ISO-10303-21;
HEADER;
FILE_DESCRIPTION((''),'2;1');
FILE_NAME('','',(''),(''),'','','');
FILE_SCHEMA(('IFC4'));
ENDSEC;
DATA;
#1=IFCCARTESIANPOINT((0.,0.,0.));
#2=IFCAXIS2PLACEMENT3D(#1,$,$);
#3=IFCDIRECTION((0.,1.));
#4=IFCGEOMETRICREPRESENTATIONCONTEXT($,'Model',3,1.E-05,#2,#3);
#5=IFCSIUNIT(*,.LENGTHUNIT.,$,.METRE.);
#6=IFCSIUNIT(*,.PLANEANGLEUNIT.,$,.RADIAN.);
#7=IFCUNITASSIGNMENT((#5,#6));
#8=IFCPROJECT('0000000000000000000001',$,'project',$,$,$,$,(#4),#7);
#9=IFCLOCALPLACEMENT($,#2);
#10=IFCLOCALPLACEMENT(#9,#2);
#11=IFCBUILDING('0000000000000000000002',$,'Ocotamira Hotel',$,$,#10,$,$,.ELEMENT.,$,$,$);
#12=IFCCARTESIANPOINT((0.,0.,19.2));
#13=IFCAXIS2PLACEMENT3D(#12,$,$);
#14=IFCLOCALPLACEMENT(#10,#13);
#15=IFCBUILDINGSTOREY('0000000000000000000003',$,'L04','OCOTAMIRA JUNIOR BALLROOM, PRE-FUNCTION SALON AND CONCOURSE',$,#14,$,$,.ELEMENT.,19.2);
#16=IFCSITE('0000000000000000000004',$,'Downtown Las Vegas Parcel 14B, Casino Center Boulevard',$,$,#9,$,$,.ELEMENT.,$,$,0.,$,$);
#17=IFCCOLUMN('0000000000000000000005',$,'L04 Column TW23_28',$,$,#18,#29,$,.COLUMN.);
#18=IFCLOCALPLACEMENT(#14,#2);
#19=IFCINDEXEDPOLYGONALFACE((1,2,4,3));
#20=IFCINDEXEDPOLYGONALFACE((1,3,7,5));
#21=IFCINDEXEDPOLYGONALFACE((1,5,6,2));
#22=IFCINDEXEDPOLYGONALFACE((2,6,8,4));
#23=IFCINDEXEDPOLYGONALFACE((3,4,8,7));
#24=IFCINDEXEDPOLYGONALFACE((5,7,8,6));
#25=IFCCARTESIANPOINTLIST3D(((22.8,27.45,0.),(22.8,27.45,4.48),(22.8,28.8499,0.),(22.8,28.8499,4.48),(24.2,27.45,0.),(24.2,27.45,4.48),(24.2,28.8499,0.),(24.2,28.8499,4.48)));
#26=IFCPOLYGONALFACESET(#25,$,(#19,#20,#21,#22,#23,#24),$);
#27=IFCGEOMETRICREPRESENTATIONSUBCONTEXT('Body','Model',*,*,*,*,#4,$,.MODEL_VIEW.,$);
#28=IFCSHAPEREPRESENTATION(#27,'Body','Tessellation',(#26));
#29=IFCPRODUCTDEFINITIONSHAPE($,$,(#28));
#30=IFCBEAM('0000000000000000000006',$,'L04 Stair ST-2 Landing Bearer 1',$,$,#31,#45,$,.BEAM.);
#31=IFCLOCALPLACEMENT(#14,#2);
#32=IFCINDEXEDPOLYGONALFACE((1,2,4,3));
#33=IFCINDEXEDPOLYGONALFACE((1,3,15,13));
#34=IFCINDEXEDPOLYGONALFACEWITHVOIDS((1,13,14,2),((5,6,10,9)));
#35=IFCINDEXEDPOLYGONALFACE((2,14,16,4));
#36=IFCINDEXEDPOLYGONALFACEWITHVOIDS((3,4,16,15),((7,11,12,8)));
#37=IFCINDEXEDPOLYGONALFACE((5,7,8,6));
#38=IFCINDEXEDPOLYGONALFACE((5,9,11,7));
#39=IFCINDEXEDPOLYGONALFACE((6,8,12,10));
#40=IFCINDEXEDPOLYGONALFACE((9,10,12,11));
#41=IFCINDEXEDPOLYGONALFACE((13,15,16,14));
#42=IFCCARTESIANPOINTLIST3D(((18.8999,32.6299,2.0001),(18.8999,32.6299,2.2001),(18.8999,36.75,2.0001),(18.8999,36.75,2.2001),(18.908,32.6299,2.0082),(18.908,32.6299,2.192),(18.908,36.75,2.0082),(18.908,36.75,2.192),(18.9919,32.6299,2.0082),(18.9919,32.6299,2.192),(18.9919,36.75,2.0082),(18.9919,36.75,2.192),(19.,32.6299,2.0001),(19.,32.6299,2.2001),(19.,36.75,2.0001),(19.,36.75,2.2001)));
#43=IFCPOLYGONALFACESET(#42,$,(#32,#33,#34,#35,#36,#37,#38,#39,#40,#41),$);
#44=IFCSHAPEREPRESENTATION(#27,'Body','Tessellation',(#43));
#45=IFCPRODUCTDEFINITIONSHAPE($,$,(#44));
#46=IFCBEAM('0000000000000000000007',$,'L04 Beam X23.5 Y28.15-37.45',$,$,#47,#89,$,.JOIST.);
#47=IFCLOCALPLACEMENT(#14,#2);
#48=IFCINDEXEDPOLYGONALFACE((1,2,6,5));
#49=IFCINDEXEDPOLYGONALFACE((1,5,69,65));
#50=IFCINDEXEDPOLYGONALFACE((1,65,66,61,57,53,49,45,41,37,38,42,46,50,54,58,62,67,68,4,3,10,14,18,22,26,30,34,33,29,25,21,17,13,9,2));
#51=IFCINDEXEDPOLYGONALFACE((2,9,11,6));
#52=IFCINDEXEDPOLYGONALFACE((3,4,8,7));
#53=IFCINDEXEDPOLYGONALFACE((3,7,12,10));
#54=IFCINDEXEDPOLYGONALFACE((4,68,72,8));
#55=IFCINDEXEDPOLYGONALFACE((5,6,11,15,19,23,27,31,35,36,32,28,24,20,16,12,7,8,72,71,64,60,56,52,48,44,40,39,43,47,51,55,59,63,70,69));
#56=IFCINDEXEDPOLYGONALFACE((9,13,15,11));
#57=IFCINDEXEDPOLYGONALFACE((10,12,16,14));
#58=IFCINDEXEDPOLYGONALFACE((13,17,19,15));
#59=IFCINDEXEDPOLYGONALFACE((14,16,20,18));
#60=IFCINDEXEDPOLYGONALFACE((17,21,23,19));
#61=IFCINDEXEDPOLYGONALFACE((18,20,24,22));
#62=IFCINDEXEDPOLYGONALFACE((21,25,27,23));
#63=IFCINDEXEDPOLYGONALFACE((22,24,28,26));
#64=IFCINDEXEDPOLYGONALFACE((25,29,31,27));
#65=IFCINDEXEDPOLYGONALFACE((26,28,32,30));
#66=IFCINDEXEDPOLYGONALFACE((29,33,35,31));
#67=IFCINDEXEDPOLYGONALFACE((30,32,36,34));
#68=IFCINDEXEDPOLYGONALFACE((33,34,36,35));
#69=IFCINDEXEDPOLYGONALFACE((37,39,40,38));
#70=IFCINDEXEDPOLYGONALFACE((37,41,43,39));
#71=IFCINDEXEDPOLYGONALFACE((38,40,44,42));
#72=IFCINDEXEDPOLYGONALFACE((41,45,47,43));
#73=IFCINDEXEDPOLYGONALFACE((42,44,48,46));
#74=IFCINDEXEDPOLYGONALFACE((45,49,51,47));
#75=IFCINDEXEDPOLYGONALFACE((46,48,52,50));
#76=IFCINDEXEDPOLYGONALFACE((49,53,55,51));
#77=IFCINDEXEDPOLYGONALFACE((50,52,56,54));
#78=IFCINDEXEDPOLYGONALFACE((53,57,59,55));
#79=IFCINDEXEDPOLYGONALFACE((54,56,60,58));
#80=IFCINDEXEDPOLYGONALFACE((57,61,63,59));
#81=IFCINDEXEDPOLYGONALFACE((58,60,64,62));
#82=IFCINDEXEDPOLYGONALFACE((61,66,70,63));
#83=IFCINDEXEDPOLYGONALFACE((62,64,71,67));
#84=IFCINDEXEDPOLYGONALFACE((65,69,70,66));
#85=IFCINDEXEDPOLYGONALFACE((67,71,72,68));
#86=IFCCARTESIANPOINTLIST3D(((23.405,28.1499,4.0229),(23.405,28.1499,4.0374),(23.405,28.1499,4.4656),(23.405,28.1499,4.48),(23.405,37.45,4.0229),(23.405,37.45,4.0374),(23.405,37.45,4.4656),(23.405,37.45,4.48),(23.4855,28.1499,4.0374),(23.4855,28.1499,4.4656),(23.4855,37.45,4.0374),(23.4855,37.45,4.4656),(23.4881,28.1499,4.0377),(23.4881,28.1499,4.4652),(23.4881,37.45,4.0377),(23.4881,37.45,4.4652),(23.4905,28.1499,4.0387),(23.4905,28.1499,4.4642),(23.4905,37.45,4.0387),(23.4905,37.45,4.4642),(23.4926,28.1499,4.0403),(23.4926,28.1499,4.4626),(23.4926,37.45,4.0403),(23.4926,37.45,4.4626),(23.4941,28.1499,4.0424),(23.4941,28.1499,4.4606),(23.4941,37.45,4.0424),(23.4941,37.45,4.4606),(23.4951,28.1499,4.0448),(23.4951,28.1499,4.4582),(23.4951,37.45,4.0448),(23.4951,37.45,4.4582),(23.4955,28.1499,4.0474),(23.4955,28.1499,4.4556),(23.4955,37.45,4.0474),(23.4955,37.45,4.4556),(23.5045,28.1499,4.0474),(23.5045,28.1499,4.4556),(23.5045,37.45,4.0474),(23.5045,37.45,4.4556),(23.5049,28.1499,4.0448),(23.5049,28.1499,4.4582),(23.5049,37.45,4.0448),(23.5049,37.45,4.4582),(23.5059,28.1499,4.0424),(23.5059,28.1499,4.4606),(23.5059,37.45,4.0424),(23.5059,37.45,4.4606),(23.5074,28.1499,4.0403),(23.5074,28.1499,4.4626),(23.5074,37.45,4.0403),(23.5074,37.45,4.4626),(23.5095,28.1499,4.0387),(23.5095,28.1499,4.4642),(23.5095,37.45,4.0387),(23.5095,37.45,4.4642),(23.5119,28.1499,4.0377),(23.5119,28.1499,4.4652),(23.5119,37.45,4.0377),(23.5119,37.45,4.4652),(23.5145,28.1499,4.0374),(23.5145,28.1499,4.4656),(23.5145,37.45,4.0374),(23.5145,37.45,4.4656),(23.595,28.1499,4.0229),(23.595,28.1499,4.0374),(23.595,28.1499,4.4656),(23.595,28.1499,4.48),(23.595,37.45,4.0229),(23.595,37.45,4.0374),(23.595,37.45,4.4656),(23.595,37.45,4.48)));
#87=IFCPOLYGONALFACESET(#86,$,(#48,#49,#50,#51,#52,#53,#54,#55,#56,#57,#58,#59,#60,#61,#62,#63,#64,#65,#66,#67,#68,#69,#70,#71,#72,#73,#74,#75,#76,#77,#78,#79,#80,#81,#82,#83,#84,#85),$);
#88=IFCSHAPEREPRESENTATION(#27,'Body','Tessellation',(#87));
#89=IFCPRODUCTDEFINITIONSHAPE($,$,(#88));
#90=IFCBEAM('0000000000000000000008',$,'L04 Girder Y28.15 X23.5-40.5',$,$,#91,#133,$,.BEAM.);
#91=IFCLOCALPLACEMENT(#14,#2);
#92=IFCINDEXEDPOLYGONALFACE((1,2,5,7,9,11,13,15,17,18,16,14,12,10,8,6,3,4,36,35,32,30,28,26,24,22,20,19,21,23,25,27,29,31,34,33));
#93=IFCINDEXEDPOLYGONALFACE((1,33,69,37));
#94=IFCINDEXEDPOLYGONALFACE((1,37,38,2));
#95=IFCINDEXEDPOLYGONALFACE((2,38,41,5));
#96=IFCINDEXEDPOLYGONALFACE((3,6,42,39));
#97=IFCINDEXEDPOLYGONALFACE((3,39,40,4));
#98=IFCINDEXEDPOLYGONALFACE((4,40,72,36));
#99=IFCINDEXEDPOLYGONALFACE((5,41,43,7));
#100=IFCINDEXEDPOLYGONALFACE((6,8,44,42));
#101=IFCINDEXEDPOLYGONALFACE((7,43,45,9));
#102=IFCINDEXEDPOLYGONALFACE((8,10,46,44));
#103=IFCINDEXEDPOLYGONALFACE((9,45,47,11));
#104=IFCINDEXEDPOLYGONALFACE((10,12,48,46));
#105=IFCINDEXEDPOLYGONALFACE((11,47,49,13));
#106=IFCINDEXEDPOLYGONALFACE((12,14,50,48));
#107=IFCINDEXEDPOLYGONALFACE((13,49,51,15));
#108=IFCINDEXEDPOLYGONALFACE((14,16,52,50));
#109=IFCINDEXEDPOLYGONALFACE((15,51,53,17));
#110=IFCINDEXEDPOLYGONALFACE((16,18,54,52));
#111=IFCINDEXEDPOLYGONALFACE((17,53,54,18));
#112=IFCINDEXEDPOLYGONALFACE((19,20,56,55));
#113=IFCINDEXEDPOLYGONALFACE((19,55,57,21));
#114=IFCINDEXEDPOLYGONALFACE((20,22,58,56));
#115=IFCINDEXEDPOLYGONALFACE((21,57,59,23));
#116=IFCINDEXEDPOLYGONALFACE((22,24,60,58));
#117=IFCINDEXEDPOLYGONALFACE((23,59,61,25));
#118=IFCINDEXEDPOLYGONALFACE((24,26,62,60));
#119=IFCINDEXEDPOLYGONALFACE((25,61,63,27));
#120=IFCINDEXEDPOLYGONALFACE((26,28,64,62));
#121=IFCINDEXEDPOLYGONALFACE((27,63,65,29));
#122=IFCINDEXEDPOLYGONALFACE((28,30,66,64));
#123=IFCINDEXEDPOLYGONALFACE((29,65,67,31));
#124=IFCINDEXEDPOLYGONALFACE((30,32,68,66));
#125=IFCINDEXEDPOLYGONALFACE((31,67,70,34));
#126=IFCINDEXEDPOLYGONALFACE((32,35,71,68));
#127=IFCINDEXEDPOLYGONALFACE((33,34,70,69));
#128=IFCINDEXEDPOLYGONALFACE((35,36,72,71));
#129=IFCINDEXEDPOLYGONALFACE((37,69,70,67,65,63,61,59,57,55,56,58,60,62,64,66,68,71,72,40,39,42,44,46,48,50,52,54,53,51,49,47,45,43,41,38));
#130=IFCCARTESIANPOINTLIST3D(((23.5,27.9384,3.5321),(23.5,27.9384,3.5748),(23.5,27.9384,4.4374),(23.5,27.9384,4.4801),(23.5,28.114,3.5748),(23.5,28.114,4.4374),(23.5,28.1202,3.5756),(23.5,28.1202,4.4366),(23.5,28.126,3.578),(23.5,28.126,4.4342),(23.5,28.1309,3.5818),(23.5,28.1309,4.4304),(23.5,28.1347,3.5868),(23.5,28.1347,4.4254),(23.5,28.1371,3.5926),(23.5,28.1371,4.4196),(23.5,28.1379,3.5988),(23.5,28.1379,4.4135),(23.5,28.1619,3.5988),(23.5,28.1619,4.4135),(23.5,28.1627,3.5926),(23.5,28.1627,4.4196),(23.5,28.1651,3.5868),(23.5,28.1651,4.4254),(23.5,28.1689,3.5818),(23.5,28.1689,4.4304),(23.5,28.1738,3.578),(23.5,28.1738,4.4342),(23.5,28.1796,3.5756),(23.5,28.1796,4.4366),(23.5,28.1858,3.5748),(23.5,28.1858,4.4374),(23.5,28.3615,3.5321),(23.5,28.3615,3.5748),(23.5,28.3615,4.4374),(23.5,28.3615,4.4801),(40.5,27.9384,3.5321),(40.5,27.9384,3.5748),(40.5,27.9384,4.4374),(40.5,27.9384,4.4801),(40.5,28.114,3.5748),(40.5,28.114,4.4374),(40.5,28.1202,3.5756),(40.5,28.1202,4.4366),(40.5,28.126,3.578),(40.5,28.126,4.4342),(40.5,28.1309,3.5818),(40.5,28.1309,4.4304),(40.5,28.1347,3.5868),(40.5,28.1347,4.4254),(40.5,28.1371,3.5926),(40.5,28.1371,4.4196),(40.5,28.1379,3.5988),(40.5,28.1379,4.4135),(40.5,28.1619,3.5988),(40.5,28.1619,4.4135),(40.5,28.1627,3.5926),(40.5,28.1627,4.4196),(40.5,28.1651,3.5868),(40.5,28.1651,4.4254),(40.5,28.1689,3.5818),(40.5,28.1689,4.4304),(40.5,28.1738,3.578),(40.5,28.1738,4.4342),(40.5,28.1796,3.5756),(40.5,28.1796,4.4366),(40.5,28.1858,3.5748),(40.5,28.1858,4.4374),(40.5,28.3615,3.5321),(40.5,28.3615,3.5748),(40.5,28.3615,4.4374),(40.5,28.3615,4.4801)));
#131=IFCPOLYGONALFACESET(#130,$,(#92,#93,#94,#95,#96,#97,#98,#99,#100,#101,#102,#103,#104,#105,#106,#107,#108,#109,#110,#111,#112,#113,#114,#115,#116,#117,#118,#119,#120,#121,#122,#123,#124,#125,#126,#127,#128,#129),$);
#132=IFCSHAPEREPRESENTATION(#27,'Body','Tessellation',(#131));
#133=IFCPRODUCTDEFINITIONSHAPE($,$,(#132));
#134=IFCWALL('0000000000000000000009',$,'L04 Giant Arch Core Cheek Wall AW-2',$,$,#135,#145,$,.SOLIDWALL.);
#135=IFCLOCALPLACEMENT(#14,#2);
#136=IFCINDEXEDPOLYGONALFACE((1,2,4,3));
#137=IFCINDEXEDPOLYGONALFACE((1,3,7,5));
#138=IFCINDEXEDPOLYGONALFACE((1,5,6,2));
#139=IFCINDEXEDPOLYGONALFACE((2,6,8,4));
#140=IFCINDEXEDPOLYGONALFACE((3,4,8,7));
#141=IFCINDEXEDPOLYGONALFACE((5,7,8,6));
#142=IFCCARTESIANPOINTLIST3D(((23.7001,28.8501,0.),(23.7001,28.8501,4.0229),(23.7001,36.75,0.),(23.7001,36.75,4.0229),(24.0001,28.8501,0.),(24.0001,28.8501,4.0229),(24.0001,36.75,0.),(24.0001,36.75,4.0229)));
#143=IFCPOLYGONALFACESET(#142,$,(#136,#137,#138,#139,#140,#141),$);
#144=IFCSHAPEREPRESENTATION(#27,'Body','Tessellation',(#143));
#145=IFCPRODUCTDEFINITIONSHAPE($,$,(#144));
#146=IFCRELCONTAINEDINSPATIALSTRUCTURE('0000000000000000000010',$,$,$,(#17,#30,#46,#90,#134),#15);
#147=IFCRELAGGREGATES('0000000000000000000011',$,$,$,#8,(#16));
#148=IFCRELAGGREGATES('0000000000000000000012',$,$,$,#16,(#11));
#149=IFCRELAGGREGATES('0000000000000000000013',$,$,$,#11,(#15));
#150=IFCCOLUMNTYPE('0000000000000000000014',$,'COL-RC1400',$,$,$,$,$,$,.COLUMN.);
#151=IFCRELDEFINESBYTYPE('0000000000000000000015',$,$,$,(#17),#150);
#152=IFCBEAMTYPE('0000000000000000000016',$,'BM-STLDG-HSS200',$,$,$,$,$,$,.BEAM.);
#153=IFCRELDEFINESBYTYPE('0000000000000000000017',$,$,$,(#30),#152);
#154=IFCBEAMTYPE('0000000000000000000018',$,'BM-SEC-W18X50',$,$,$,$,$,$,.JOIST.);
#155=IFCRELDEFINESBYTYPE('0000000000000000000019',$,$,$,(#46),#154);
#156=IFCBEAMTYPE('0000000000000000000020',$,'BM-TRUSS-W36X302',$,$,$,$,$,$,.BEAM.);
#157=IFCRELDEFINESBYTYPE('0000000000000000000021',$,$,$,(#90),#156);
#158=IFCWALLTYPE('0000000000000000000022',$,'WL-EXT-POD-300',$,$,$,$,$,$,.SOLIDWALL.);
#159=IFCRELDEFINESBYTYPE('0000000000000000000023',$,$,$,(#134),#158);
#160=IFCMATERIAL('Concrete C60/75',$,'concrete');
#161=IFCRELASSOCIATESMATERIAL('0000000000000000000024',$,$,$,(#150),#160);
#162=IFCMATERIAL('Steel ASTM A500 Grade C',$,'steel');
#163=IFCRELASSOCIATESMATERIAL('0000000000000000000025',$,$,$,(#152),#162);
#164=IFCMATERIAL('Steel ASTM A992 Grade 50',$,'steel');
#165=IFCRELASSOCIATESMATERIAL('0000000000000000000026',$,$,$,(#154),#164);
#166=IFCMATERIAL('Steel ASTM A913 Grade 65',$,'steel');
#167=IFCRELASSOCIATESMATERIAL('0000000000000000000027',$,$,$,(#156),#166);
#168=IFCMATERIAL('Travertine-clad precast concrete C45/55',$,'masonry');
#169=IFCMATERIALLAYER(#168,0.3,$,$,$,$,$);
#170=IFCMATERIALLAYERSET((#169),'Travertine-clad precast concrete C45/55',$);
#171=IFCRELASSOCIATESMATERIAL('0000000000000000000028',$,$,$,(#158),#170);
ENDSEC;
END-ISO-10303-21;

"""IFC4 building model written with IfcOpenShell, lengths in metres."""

from ifc_helpers import new_model, si_unit, direction, frame, frame_2d, origin, origin_2d, place, context, subcontext, project, spatial, rectangle, hollow_rectangle, i_section, extrude, source, transform, mapped, material, layer, layer_set, material_profile, profile_set, type_object, element, save


model = new_model("IFC4")

# Units and contexts
model_context = context("Model", 3, precision=1e-05, world=origin(), true_north=direction((0.0, 1.0)))
body_context = subcontext(model_context, "Body", "Model", "MODEL_VIEW")
ifc_project = project(units=[si_unit("LENGTHUNIT", "METRE"), si_unit("PLANEANGLEUNIT", "RADIAN")], contexts=[model_context])

# Site, building, storey
site_placement = place(None, origin())
site = spatial("IfcSite", under=ifc_project, at=site_placement, Name="Downtown Las Vegas Parcel 14B, Casino Center Boulevard", CompositionType="ELEMENT", RefElevation=0.0)
building_placement = place(site_placement, origin())
building = spatial("IfcBuilding", under=site, at=building_placement, Name="Ocotamira Hotel", CompositionType="ELEMENT")
storey_placement = place(building_placement, frame((0.0, 0.0, 19.2)))
storey = spatial("IfcBuildingStorey", under=building, at=storey_placement, Name="L04", Description="OCOTAMIRA JUNIOR BALLROOM, PRE-FUNCTION SALON AND CONCOURSE", CompositionType="ELEMENT", Elevation=19.2)

# Column
ifc_material_1 = material(Name="Concrete C60/75", Category="concrete")
ifc_material_profile_1 = material_profile(ifc_material_1, rectangle(XDim=1.3999, YDim=1.3999, at=origin_2d()), Name="RC1400X1400")
ifc_profile_set_1 = profile_set([ifc_material_profile_1], Name="Concrete C60/75")
column_type = type_object("IfcColumnType", Name="COL-RC1400", PredefinedType="COLUMN", material=ifc_profile_set_1)
shared_shape_1 = source(origin(), body_context, "Body", "SweptSolid", [
    extrude(rectangle(XDim=1.3999, YDim=1.3999, at=origin_2d()), origin(), (0.0, 0.0, 1.0), 4.48),
])
column_placement = place(storey_placement, frame((23.5, 28.1499, 0.0), z_axis=(0.0, 0.0, 1.0), x_axis=(1.0, 0.0, 0.0)))
element("IfcColumn", 1, at=column_placement, inside=storey, type_object=column_type, Name="L04 Column TW23_28", PredefinedType="COLUMN", context=body_context, shape_type="MappedRepresentation", body=[
    mapped(shared_shape_1, transform((0.0, 0.0, 0.0), scale=1.0)),
])

# Beams
ifc_material_2 = material(Name="Steel ASTM A500 Grade C", Category="steel")
ifc_material_profile_2 = material_profile(ifc_material_2, hollow_rectangle(XDim=0.1001, YDim=0.2, WallThickness=0.0081, at=origin_2d()), Name="HSS200X100X8")
ifc_profile_set_2 = profile_set([ifc_material_profile_2], Name="Steel ASTM A500 Grade C")
beam_type_1 = type_object("IfcBeamType", Name="BM-STLDG-HSS200", PredefinedType="BEAM", material=ifc_profile_set_2)
shared_shape_2 = source(origin(), body_context, "Body", "SweptSolid", [
    extrude(hollow_rectangle(XDim=0.1001, YDim=0.2, WallThickness=0.0081, at=origin_2d()), origin(), (0.0, 0.0, 1.0), 4.1201),
])
beam_1_placement = place(storey_placement, frame((18.95, 32.6299, 2.1001), z_axis=(0.0, 1.0, 0.0), x_axis=(-1.0, 0.0, 0.0)))
element("IfcBeam", 2, at=beam_1_placement, inside=storey, type_object=beam_type_1, Name="L04 Stair ST-2 Landing Bearer 1", PredefinedType="BEAM", context=body_context, shape_type="MappedRepresentation", body=[
    mapped(shared_shape_2, transform((0.0, 0.0, 0.0), scale=1.0)),
])
ifc_material_3 = material(Name="Steel ASTM A992 Grade 50", Category="steel")
ifc_material_profile_3 = material_profile(ifc_material_3, i_section(OverallWidth=0.1899, OverallDepth=0.457, WebThickness=0.009, FlangeThickness=0.0144, FilletRadius=0.01, at=origin_2d()), Name="W18X50")
ifc_profile_set_3 = profile_set([ifc_material_profile_3], Name="Steel ASTM A992 Grade 50")
beam_type_2 = type_object("IfcBeamType", Name="BM-SEC-W18X50", PredefinedType="JOIST", material=ifc_profile_set_3)
shared_shape_3 = source(origin(), body_context, "Body", "SweptSolid", [
    extrude(i_section(OverallWidth=0.1899, OverallDepth=0.457, WebThickness=0.009, FlangeThickness=0.0144, FilletRadius=0.01, at=origin_2d()), origin(), (0.0, 0.0, 1.0), 9.3),
])
beam_2_placement = place(storey_placement, frame((23.5, 28.1499, 4.2515), z_axis=(0.0, 1.0, 0.0), x_axis=(-1.0, 0.0, 0.0)))
element("IfcBeam", 3, at=beam_2_placement, inside=storey, type_object=beam_type_2, Name="L04 Beam X23.5 Y28.15-37.45", PredefinedType="JOIST", context=body_context, shape_type="MappedRepresentation", body=[
    mapped(shared_shape_3, transform((0.0, 0.0, 0.0), scale=1.0)),
])
ifc_material_4 = material(Name="Steel ASTM A913 Grade 65", Category="steel")
ifc_material_profile_4 = material_profile(ifc_material_4, i_section(OverallWidth=0.4231, OverallDepth=0.948, WebThickness=0.0239, FlangeThickness=0.0427, FilletRadius=0.0239, at=origin_2d()), Name="W36X302")
ifc_profile_set_4 = profile_set([ifc_material_profile_4], Name="Steel ASTM A913 Grade 65")
beam_type_3 = type_object("IfcBeamType", Name="BM-TRUSS-W36X302", PredefinedType="BEAM", material=ifc_profile_set_4)
shared_shape_4 = source(origin(), body_context, "Body", "SweptSolid", [
    extrude(i_section(OverallWidth=0.4231, OverallDepth=0.948, WebThickness=0.0239, FlangeThickness=0.0427, FilletRadius=0.0239, at=origin_2d()), origin(), (0.0, 0.0, 1.0), 17.0),
])
beam_3_placement = place(storey_placement, frame((23.5, 28.1499, 4.0061), z_axis=(1.0, 0.0, 0.0), x_axis=(0.0, 1.0, 0.0)))
element("IfcBeam", 4, at=beam_3_placement, inside=storey, type_object=beam_type_3, Name="L04 Girder Y28.15 X23.5-40.5", PredefinedType="BEAM", context=body_context, shape_type="MappedRepresentation", body=[
    mapped(shared_shape_4, transform((0.0, 0.0, 0.0), scale=1.0)),
])

# Wall
ifc_material_5 = material(Name="Travertine-clad precast concrete C45/55", Category="masonry")
ifc_layer_1 = layer(ifc_material_5, 0.3)
ifc_layer_set_1 = layer_set([ifc_layer_1], Name="Travertine-clad precast concrete C45/55")
wall_type_1 = type_object("IfcWallType", Name="WL-EXT-POD-300", PredefinedType="SOLIDWALL", material=ifc_layer_set_1)
wall_1_placement = place(storey_placement, frame((23.8501, 28.8501, 0.0), z_axis=(0.0, 0.0, 1.0), x_axis=(0.0, 1.0, 0.0)))
element("IfcWall", 5, at=wall_1_placement, inside=storey, type_object=wall_type_1, Name="L04 Giant Arch Core Cheek Wall AW-2", PredefinedType="SOLIDWALL", context=body_context, shape_type="SweptSolid", body=[
    extrude(rectangle(XDim=7.8999, YDim=0.3, at=frame_2d((3.95, 0.0))), origin(), (0.0, 0.0, 1.0), 4.0229),
])

save(model, "model.ifc")
